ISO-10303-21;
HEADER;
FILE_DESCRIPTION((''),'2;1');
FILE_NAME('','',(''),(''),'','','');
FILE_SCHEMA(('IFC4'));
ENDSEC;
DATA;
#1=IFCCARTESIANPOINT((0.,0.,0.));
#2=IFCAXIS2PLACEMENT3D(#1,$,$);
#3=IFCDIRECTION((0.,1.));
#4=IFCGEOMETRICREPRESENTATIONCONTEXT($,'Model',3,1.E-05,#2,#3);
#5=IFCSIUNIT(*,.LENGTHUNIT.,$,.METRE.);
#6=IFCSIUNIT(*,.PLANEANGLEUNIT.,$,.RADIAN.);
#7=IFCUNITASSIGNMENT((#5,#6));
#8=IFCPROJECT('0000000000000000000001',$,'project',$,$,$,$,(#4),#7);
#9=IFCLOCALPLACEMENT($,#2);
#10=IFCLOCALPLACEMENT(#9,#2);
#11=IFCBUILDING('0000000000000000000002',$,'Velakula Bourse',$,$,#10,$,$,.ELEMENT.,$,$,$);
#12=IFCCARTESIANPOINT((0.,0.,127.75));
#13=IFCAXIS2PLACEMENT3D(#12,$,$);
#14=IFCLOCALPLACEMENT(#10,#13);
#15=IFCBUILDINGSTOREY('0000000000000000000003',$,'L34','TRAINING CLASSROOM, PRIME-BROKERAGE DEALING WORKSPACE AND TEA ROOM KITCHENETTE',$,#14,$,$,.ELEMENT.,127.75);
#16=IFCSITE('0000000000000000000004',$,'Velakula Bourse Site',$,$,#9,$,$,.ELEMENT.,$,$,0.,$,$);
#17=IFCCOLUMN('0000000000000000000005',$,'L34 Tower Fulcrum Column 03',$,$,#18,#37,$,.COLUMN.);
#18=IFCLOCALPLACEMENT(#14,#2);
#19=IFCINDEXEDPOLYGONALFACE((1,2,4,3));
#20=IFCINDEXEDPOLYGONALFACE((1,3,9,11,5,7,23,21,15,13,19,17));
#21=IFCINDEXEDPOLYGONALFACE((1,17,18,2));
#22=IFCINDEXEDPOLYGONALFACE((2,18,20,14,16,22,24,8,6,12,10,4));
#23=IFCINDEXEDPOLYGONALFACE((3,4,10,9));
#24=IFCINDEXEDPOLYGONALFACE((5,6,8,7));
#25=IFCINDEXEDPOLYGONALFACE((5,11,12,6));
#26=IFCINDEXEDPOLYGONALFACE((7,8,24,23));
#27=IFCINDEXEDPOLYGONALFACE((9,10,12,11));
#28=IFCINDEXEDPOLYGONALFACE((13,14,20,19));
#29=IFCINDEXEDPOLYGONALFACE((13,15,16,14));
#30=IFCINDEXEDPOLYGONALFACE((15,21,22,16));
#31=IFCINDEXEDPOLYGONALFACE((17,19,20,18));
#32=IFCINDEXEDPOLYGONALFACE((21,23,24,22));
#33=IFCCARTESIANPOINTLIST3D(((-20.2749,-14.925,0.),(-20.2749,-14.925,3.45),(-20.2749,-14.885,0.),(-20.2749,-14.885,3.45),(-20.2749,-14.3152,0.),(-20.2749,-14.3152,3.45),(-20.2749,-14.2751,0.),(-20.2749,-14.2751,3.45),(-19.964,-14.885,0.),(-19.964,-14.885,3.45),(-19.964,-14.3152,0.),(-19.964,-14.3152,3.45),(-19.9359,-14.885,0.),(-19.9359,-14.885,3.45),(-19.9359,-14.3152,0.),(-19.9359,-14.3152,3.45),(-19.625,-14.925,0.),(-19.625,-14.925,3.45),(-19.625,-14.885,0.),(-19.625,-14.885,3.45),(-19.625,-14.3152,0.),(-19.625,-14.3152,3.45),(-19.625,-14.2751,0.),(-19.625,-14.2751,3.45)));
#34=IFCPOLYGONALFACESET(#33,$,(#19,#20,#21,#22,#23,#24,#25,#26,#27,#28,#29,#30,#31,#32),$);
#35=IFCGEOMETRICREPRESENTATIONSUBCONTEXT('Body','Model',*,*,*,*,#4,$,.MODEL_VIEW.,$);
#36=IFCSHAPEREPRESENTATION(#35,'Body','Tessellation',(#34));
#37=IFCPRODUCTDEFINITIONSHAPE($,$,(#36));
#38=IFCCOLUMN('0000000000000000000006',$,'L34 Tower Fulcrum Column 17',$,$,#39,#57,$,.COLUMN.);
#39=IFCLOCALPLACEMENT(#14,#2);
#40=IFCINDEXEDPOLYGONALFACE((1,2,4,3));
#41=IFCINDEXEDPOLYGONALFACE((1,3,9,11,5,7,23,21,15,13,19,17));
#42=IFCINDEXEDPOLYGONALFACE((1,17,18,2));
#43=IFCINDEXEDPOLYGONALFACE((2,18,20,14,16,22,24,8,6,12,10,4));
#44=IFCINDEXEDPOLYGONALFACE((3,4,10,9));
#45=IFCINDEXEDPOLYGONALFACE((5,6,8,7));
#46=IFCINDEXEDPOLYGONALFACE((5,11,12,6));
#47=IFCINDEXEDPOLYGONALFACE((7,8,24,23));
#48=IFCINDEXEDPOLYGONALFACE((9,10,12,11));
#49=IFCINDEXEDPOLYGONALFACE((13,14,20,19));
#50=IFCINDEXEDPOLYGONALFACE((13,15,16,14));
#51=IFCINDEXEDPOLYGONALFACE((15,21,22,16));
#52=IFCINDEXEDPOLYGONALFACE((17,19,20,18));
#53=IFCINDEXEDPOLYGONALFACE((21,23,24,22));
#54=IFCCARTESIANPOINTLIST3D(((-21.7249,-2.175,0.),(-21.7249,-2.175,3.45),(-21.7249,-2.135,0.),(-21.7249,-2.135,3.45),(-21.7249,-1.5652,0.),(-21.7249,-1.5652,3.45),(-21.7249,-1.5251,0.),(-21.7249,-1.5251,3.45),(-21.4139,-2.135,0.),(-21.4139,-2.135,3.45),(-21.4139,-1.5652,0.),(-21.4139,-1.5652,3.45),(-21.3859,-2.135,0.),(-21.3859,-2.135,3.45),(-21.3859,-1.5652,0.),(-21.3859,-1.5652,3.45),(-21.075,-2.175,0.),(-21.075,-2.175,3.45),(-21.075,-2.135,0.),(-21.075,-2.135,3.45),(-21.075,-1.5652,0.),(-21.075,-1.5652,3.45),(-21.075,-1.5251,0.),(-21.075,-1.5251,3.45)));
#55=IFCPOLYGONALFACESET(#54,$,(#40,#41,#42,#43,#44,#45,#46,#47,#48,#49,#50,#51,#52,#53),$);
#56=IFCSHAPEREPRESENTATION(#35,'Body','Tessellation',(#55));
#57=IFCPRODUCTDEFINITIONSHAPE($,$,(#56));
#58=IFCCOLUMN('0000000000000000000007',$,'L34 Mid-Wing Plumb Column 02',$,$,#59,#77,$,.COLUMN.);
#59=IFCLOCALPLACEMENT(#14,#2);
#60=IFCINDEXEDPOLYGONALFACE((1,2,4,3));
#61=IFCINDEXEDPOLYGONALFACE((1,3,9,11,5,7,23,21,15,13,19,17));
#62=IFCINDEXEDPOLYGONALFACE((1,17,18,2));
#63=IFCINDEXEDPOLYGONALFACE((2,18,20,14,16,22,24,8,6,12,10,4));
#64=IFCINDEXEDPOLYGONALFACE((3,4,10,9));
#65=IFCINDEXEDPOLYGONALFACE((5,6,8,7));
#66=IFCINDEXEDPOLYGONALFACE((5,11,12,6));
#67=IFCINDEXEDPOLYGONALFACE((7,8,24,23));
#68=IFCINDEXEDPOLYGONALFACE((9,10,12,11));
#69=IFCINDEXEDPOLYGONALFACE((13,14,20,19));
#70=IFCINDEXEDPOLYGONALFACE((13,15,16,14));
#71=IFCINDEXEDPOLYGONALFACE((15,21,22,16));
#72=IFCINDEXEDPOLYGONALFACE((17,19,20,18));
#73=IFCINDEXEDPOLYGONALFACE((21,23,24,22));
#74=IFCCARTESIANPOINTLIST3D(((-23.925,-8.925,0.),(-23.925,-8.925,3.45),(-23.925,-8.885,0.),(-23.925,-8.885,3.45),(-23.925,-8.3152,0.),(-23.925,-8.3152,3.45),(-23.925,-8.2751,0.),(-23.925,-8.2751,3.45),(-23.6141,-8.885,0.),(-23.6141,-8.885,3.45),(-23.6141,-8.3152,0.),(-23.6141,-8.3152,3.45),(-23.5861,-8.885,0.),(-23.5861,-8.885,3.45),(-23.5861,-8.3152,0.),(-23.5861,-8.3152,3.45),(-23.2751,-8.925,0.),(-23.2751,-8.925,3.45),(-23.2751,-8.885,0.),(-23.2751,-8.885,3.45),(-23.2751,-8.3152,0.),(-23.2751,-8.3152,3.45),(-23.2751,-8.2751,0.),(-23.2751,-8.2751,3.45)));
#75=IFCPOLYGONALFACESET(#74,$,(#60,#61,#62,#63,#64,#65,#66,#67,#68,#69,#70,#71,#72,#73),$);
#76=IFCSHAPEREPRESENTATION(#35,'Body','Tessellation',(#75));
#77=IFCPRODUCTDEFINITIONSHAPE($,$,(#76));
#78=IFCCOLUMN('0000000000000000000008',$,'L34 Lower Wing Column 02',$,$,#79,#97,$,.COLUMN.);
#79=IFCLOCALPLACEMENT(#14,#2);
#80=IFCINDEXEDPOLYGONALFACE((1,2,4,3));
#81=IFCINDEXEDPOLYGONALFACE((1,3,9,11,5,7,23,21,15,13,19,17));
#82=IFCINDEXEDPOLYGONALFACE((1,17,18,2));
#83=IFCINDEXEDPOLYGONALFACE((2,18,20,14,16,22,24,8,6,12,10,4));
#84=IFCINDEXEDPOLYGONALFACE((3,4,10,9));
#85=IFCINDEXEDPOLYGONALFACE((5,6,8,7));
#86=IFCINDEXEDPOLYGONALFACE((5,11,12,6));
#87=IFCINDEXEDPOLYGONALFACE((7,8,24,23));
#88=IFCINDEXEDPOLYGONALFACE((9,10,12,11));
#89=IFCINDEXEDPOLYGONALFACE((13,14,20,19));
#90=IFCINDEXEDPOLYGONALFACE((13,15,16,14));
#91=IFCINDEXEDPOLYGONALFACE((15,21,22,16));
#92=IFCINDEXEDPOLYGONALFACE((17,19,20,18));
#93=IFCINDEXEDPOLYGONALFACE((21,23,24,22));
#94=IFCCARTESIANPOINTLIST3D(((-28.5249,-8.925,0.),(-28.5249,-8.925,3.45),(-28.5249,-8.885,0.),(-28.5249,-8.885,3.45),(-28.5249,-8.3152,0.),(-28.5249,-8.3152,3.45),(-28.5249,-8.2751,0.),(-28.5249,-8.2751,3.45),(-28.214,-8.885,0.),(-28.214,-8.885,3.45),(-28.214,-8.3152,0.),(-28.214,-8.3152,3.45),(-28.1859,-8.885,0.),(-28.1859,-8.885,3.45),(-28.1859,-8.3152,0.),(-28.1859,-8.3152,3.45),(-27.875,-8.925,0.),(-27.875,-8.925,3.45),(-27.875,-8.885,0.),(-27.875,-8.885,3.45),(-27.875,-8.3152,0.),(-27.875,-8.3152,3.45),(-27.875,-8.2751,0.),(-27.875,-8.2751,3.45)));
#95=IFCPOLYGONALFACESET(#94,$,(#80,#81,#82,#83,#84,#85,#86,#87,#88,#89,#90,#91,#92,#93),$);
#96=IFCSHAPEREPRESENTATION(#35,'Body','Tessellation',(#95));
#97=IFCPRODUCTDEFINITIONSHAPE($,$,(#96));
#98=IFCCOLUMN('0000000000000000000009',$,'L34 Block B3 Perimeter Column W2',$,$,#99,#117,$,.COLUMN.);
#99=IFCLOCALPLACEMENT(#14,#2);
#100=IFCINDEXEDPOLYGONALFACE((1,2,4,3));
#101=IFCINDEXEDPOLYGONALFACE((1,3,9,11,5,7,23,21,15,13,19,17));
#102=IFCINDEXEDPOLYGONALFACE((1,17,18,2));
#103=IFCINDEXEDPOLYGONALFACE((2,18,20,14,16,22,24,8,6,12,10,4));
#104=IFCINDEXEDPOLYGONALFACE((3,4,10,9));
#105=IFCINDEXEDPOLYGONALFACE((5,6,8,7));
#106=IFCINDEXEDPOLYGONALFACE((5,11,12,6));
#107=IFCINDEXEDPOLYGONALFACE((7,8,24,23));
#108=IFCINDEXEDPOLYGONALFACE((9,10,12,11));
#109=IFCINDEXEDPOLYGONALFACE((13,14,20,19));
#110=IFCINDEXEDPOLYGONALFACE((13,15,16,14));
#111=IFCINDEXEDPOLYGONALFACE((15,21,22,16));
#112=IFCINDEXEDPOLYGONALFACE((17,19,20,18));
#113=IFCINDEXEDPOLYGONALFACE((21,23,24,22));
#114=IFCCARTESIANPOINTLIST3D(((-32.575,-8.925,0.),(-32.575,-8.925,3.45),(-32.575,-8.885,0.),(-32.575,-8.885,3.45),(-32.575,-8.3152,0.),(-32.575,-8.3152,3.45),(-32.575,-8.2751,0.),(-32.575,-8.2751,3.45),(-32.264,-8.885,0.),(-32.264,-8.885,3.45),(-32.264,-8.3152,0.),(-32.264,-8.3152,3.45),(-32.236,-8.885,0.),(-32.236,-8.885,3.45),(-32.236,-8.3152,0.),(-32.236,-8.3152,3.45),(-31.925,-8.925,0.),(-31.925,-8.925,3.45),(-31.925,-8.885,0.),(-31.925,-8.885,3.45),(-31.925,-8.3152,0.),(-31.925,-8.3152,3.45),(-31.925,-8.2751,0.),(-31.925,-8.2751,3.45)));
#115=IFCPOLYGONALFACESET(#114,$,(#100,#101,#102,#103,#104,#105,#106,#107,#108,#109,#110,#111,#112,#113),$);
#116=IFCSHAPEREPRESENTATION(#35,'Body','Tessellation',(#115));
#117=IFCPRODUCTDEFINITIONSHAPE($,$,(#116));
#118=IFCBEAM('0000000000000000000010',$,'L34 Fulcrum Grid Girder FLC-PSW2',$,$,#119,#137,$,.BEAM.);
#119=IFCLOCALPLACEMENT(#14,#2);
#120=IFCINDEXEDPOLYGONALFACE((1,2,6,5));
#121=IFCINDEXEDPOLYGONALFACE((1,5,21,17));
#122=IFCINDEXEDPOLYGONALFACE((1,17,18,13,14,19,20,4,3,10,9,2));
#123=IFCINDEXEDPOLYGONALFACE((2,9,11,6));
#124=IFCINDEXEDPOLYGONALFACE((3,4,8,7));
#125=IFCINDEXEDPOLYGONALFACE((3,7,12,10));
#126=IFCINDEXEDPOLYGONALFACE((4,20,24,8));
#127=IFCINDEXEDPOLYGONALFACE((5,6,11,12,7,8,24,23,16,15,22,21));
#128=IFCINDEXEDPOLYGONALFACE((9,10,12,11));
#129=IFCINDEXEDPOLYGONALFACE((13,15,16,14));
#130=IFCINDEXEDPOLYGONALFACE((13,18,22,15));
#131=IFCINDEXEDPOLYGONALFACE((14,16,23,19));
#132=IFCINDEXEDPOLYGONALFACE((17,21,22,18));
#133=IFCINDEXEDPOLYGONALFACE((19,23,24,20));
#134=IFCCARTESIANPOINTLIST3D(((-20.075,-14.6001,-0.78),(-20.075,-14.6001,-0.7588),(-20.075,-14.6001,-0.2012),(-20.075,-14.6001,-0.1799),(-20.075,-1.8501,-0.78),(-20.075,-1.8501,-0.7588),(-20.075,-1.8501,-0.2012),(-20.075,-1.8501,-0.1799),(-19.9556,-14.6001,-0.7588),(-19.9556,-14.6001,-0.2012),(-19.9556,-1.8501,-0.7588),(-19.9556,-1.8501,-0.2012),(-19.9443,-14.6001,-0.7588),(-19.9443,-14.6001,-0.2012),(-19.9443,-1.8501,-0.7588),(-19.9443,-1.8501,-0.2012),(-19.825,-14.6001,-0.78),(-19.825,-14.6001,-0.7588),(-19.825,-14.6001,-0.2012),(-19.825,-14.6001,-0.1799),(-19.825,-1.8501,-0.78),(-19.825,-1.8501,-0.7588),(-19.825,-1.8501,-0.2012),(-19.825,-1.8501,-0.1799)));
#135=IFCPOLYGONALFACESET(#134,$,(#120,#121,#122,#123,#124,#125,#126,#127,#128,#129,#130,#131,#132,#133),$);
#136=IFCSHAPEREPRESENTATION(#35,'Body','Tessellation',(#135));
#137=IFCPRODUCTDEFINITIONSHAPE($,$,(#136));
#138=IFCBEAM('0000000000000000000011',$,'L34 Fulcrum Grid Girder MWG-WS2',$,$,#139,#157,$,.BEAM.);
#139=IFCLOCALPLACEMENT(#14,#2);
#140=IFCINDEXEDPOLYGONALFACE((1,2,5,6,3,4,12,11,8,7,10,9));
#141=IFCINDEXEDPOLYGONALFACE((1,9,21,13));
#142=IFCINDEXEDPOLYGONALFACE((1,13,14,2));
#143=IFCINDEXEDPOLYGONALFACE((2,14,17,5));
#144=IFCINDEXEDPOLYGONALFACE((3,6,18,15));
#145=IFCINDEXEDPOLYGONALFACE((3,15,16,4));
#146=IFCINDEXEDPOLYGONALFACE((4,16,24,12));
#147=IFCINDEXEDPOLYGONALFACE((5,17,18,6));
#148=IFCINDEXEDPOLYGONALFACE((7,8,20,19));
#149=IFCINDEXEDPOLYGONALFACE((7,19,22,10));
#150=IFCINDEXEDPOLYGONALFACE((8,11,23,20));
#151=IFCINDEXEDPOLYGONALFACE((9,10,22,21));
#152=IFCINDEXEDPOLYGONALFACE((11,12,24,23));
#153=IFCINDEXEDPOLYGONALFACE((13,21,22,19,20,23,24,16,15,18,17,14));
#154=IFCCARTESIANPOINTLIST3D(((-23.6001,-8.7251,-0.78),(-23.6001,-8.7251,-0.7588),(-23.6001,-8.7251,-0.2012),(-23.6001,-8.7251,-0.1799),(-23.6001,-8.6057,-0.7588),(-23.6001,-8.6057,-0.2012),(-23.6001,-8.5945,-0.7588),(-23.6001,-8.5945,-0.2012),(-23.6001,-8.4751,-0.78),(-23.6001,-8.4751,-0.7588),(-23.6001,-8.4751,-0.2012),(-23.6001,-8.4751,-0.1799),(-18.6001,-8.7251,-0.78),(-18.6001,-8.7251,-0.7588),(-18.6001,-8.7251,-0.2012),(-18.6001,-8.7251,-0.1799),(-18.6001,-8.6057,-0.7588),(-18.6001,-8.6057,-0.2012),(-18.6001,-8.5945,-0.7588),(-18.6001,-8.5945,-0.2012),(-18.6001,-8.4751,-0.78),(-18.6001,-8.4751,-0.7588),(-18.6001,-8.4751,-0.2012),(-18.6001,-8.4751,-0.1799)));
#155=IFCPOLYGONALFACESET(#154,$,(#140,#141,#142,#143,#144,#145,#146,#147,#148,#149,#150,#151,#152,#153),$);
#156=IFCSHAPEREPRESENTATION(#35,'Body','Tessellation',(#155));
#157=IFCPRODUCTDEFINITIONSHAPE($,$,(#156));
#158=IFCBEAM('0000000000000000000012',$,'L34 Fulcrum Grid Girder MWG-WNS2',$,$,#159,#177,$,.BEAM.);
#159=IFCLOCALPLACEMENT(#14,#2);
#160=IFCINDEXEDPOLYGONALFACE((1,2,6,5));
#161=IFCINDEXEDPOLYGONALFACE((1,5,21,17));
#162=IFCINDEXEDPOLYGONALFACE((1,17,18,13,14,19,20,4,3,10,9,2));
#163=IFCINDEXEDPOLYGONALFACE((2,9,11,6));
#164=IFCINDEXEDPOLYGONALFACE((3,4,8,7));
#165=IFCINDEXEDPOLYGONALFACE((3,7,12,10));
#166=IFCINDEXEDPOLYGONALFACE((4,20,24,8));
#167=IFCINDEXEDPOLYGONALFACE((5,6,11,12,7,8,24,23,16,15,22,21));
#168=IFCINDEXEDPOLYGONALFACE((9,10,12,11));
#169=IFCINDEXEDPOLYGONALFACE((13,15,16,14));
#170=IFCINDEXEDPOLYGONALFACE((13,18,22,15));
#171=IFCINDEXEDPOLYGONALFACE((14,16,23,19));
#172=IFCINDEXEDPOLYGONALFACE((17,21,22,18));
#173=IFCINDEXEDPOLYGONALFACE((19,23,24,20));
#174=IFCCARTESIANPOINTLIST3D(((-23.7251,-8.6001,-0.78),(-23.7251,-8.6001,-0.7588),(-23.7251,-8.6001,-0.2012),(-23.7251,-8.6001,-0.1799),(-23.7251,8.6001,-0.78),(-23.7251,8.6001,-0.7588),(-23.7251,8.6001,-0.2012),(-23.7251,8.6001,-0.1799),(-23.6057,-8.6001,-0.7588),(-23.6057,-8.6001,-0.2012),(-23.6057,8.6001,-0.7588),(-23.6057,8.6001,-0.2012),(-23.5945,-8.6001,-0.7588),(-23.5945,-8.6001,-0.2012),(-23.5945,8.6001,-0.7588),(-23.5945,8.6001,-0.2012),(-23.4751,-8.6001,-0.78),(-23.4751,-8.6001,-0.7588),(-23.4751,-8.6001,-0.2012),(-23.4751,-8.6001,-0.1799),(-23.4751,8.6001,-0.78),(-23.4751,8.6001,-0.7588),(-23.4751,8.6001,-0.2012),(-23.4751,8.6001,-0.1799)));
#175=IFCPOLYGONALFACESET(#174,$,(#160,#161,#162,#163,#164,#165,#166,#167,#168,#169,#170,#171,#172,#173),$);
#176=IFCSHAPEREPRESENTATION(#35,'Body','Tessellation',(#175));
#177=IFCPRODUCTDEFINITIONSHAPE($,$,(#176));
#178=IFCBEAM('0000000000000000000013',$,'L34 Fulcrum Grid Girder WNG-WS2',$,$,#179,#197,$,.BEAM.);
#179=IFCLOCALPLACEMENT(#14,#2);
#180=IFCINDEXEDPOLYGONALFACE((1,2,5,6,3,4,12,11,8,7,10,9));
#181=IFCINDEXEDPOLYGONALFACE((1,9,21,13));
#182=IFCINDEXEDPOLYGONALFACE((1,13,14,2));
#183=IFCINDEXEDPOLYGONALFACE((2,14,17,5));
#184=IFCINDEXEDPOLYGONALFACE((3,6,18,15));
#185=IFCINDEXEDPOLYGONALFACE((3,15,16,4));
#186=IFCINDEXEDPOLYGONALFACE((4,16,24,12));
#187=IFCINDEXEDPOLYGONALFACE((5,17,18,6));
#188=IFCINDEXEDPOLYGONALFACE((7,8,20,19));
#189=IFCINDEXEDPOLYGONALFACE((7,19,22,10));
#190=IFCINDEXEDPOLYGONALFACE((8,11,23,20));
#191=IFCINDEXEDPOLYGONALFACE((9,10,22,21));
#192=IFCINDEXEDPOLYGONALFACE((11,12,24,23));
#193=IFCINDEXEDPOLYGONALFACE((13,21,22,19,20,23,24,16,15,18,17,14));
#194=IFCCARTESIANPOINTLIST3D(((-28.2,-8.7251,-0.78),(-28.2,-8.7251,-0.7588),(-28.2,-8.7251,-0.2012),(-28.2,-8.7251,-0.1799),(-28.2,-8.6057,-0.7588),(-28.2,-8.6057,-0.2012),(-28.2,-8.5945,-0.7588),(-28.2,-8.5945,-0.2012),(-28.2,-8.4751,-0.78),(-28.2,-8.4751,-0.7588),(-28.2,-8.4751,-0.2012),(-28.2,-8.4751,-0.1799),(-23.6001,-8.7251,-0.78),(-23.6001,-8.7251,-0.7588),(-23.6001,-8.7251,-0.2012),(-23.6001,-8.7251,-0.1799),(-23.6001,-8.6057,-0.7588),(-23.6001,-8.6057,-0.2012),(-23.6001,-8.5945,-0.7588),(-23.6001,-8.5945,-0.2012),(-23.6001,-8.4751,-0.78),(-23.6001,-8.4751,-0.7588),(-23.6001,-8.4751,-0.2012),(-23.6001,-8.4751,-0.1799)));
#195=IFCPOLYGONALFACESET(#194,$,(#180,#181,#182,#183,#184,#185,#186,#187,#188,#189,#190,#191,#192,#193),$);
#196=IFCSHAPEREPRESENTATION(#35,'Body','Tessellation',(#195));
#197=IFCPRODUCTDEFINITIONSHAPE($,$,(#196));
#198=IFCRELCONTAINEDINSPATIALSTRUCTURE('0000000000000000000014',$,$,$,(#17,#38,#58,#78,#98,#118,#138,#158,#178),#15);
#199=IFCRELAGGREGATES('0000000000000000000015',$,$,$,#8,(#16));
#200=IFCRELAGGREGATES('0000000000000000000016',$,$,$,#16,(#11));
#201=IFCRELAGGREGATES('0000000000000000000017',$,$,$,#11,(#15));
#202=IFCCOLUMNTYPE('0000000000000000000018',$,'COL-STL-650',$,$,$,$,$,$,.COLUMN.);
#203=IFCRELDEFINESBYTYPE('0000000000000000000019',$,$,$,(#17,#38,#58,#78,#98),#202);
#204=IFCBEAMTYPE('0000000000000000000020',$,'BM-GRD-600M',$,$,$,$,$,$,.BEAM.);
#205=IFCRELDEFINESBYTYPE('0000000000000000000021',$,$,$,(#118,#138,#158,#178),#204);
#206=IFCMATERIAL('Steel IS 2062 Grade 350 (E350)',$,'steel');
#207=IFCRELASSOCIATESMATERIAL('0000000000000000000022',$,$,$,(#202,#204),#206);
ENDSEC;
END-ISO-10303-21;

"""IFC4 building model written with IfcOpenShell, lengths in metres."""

from ifc_helpers import new_model, si_unit, direction, frame, origin, origin_2d, place, context, subcontext, project, spatial, i_section, extrude, material, material_profile, profile_set, type_object, element, save


model = new_model("IFC4")

# Units and contexts
model_context = context("Model", 3, precision=1e-05, world=origin(), true_north=direction((0.0, 1.0)))
body_context = subcontext(model_context, "Body", "Model", "MODEL_VIEW")
ifc_project = project(units=[si_unit("LENGTHUNIT", "METRE"), si_unit("PLANEANGLEUNIT", "RADIAN")], contexts=[model_context])

# Site, building, storey
site_placement = place(None, origin())
site = spatial("IfcSite", under=ifc_project, at=site_placement, Name="Velakula Bourse Site", CompositionType="ELEMENT", RefElevation=0.0)
building_placement = place(site_placement, origin())
building = spatial("IfcBuilding", under=site, at=building_placement, Name="Velakula Bourse", CompositionType="ELEMENT")
storey_placement = place(building_placement, frame((0.0, 0.0, 127.75)))
storey = spatial("IfcBuildingStorey", under=building, at=storey_placement, Name="L34", Description="TRAINING CLASSROOM, PRIME-BROKERAGE DEALING WORKSPACE AND TEA ROOM KITCHENETTE", CompositionType="ELEMENT", Elevation=127.75)

# Columns
ifc_material_1 = material(Name="Steel IS 2062 Grade 350 (E350)", Category="steel")
ifc_material_profile_1 = material_profile(ifc_material_1, i_section(OverallWidth=0.6499, OverallDepth=0.6499, WebThickness=0.0281, FlangeThickness=0.04, at=origin_2d()), Name="Steel IS 2062 Grade 350 (E350)")
ifc_profile_set_1 = profile_set([ifc_material_profile_1], Name="Steel IS 2062 Grade 350 (E350)")
column_type = type_object("IfcColumnType", Name="COL-STL-650", PredefinedType="COLUMN", material=ifc_profile_set_1)
for number, where, z_axis, x_axis, name in (
    (1, (-19.95, -14.6001, 0.0), (0.0, 0.0, 1.0), (1.0, 0.0, 0.0), "L34 Tower Fulcrum Column 03"),
    (2, (-21.3999, -1.8501, 0.0), (0.0, 0.0, 1.0), (1.0, 0.0, 0.0), "L34 Tower Fulcrum Column 17"),
    (3, (-23.6001, -8.6001, 0.0), (0.0, 0.0, 1.0), (1.0, 0.0, 0.0), "L34 Mid-Wing Plumb Column 02"),
    (4, (-28.2, -8.6001, 0.0), (0.0, 0.0, 1.0), (1.0, 0.0, 0.0), "L34 Lower Wing Column 02"),
    (5, (-32.25, -8.6001, 0.0), (0.0, 0.0, 1.0), (1.0, 0.0, 0.0), "L34 Block B3 Perimeter Column W2"),
):
    element("IfcColumn", number, at=place(storey_placement, frame(where, z_axis=z_axis, x_axis=x_axis)), inside=storey, type_object=column_type, Name=name, PredefinedType="COLUMN", context=body_context, shape_type="SweptSolid", body=[
        extrude(i_section(OverallWidth=0.6499, OverallDepth=0.6499, WebThickness=0.0281, FlangeThickness=0.04, at=origin_2d()), origin(), (0.0, 0.0, 1.0), 3.45),
    ])

# Beams
ifc_material_profile_2 = material_profile(ifc_material_1, i_section(OverallWidth=0.25, OverallDepth=0.6001, WebThickness=0.0112, FlangeThickness=0.0212, at=origin_2d()), Name="Steel IS 2062 Grade 350 (E350)")
ifc_profile_set_2 = profile_set([ifc_material_profile_2], Name="Steel IS 2062 Grade 350 (E350)")
beam_type_1 = type_object("IfcBeamType", Name="BM-GRD-600M", PredefinedType="BEAM", material=ifc_profile_set_2)
beam_1_placement = place(storey_placement, frame((-19.95, -14.6001, -0.48), z_axis=(0.0, 1.0, 0.0), x_axis=(-1.0, 0.0, 0.0)))
element("IfcBeam", 6, at=beam_1_placement, inside=storey, type_object=beam_type_1, Name="L34 Fulcrum Grid Girder FLC-PSW2", PredefinedType="BEAM", context=body_context, shape_type="SweptSolid", body=[
    extrude(i_section(OverallWidth=0.25, OverallDepth=0.6001, WebThickness=0.0112, FlangeThickness=0.0212, at=origin_2d()), origin(), (0.0, 0.0, 1.0), 12.75),
])
beam_2_placement = place(storey_placement, frame((-23.6001, -8.6001, -0.48), z_axis=(1.0, 0.0, 0.0), x_axis=(0.0, 1.0, 0.0)))
element("IfcBeam", 7, at=beam_2_placement, inside=storey, type_object=beam_type_1, Name="L34 Fulcrum Grid Girder MWG-WS2", PredefinedType="BEAM", context=body_context, shape_type="SweptSolid", body=[
    extrude(i_section(OverallWidth=0.25, OverallDepth=0.6001, WebThickness=0.0112, FlangeThickness=0.0212, at=origin_2d()), origin(), (0.0, 0.0, 1.0), 5.0),
])
beam_3_placement = place(storey_placement, frame((-23.6001, -8.6001, -0.48), z_axis=(0.0, 1.0, 0.0), x_axis=(-1.0, 0.0, 0.0)))
element("IfcBeam", 8, at=beam_3_placement, inside=storey, type_object=beam_type_1, Name="L34 Fulcrum Grid Girder MWG-WNS2", PredefinedType="BEAM", context=body_context, shape_type="SweptSolid", body=[
    extrude(i_section(OverallWidth=0.25, OverallDepth=0.6001, WebThickness=0.0112, FlangeThickness=0.0212, at=origin_2d()), origin(), (0.0, 0.0, 1.0), 17.2002),
])
beam_4_placement = place(storey_placement, frame((-28.2, -8.6001, -0.48), z_axis=(1.0, 0.0, 0.0), x_axis=(0.0, 1.0, 0.0)))
element("IfcBeam", 9, at=beam_4_placement, inside=storey, type_object=beam_type_1, Name="L34 Fulcrum Grid Girder WNG-WS2", PredefinedType="BEAM", context=body_context, shape_type="SweptSolid", body=[
    extrude(i_section(OverallWidth=0.25, OverallDepth=0.6001, WebThickness=0.0112, FlangeThickness=0.0212, at=origin_2d()), origin(), (0.0, 0.0, 1.0), 4.5999),
])

save(model, "model.ifc")
